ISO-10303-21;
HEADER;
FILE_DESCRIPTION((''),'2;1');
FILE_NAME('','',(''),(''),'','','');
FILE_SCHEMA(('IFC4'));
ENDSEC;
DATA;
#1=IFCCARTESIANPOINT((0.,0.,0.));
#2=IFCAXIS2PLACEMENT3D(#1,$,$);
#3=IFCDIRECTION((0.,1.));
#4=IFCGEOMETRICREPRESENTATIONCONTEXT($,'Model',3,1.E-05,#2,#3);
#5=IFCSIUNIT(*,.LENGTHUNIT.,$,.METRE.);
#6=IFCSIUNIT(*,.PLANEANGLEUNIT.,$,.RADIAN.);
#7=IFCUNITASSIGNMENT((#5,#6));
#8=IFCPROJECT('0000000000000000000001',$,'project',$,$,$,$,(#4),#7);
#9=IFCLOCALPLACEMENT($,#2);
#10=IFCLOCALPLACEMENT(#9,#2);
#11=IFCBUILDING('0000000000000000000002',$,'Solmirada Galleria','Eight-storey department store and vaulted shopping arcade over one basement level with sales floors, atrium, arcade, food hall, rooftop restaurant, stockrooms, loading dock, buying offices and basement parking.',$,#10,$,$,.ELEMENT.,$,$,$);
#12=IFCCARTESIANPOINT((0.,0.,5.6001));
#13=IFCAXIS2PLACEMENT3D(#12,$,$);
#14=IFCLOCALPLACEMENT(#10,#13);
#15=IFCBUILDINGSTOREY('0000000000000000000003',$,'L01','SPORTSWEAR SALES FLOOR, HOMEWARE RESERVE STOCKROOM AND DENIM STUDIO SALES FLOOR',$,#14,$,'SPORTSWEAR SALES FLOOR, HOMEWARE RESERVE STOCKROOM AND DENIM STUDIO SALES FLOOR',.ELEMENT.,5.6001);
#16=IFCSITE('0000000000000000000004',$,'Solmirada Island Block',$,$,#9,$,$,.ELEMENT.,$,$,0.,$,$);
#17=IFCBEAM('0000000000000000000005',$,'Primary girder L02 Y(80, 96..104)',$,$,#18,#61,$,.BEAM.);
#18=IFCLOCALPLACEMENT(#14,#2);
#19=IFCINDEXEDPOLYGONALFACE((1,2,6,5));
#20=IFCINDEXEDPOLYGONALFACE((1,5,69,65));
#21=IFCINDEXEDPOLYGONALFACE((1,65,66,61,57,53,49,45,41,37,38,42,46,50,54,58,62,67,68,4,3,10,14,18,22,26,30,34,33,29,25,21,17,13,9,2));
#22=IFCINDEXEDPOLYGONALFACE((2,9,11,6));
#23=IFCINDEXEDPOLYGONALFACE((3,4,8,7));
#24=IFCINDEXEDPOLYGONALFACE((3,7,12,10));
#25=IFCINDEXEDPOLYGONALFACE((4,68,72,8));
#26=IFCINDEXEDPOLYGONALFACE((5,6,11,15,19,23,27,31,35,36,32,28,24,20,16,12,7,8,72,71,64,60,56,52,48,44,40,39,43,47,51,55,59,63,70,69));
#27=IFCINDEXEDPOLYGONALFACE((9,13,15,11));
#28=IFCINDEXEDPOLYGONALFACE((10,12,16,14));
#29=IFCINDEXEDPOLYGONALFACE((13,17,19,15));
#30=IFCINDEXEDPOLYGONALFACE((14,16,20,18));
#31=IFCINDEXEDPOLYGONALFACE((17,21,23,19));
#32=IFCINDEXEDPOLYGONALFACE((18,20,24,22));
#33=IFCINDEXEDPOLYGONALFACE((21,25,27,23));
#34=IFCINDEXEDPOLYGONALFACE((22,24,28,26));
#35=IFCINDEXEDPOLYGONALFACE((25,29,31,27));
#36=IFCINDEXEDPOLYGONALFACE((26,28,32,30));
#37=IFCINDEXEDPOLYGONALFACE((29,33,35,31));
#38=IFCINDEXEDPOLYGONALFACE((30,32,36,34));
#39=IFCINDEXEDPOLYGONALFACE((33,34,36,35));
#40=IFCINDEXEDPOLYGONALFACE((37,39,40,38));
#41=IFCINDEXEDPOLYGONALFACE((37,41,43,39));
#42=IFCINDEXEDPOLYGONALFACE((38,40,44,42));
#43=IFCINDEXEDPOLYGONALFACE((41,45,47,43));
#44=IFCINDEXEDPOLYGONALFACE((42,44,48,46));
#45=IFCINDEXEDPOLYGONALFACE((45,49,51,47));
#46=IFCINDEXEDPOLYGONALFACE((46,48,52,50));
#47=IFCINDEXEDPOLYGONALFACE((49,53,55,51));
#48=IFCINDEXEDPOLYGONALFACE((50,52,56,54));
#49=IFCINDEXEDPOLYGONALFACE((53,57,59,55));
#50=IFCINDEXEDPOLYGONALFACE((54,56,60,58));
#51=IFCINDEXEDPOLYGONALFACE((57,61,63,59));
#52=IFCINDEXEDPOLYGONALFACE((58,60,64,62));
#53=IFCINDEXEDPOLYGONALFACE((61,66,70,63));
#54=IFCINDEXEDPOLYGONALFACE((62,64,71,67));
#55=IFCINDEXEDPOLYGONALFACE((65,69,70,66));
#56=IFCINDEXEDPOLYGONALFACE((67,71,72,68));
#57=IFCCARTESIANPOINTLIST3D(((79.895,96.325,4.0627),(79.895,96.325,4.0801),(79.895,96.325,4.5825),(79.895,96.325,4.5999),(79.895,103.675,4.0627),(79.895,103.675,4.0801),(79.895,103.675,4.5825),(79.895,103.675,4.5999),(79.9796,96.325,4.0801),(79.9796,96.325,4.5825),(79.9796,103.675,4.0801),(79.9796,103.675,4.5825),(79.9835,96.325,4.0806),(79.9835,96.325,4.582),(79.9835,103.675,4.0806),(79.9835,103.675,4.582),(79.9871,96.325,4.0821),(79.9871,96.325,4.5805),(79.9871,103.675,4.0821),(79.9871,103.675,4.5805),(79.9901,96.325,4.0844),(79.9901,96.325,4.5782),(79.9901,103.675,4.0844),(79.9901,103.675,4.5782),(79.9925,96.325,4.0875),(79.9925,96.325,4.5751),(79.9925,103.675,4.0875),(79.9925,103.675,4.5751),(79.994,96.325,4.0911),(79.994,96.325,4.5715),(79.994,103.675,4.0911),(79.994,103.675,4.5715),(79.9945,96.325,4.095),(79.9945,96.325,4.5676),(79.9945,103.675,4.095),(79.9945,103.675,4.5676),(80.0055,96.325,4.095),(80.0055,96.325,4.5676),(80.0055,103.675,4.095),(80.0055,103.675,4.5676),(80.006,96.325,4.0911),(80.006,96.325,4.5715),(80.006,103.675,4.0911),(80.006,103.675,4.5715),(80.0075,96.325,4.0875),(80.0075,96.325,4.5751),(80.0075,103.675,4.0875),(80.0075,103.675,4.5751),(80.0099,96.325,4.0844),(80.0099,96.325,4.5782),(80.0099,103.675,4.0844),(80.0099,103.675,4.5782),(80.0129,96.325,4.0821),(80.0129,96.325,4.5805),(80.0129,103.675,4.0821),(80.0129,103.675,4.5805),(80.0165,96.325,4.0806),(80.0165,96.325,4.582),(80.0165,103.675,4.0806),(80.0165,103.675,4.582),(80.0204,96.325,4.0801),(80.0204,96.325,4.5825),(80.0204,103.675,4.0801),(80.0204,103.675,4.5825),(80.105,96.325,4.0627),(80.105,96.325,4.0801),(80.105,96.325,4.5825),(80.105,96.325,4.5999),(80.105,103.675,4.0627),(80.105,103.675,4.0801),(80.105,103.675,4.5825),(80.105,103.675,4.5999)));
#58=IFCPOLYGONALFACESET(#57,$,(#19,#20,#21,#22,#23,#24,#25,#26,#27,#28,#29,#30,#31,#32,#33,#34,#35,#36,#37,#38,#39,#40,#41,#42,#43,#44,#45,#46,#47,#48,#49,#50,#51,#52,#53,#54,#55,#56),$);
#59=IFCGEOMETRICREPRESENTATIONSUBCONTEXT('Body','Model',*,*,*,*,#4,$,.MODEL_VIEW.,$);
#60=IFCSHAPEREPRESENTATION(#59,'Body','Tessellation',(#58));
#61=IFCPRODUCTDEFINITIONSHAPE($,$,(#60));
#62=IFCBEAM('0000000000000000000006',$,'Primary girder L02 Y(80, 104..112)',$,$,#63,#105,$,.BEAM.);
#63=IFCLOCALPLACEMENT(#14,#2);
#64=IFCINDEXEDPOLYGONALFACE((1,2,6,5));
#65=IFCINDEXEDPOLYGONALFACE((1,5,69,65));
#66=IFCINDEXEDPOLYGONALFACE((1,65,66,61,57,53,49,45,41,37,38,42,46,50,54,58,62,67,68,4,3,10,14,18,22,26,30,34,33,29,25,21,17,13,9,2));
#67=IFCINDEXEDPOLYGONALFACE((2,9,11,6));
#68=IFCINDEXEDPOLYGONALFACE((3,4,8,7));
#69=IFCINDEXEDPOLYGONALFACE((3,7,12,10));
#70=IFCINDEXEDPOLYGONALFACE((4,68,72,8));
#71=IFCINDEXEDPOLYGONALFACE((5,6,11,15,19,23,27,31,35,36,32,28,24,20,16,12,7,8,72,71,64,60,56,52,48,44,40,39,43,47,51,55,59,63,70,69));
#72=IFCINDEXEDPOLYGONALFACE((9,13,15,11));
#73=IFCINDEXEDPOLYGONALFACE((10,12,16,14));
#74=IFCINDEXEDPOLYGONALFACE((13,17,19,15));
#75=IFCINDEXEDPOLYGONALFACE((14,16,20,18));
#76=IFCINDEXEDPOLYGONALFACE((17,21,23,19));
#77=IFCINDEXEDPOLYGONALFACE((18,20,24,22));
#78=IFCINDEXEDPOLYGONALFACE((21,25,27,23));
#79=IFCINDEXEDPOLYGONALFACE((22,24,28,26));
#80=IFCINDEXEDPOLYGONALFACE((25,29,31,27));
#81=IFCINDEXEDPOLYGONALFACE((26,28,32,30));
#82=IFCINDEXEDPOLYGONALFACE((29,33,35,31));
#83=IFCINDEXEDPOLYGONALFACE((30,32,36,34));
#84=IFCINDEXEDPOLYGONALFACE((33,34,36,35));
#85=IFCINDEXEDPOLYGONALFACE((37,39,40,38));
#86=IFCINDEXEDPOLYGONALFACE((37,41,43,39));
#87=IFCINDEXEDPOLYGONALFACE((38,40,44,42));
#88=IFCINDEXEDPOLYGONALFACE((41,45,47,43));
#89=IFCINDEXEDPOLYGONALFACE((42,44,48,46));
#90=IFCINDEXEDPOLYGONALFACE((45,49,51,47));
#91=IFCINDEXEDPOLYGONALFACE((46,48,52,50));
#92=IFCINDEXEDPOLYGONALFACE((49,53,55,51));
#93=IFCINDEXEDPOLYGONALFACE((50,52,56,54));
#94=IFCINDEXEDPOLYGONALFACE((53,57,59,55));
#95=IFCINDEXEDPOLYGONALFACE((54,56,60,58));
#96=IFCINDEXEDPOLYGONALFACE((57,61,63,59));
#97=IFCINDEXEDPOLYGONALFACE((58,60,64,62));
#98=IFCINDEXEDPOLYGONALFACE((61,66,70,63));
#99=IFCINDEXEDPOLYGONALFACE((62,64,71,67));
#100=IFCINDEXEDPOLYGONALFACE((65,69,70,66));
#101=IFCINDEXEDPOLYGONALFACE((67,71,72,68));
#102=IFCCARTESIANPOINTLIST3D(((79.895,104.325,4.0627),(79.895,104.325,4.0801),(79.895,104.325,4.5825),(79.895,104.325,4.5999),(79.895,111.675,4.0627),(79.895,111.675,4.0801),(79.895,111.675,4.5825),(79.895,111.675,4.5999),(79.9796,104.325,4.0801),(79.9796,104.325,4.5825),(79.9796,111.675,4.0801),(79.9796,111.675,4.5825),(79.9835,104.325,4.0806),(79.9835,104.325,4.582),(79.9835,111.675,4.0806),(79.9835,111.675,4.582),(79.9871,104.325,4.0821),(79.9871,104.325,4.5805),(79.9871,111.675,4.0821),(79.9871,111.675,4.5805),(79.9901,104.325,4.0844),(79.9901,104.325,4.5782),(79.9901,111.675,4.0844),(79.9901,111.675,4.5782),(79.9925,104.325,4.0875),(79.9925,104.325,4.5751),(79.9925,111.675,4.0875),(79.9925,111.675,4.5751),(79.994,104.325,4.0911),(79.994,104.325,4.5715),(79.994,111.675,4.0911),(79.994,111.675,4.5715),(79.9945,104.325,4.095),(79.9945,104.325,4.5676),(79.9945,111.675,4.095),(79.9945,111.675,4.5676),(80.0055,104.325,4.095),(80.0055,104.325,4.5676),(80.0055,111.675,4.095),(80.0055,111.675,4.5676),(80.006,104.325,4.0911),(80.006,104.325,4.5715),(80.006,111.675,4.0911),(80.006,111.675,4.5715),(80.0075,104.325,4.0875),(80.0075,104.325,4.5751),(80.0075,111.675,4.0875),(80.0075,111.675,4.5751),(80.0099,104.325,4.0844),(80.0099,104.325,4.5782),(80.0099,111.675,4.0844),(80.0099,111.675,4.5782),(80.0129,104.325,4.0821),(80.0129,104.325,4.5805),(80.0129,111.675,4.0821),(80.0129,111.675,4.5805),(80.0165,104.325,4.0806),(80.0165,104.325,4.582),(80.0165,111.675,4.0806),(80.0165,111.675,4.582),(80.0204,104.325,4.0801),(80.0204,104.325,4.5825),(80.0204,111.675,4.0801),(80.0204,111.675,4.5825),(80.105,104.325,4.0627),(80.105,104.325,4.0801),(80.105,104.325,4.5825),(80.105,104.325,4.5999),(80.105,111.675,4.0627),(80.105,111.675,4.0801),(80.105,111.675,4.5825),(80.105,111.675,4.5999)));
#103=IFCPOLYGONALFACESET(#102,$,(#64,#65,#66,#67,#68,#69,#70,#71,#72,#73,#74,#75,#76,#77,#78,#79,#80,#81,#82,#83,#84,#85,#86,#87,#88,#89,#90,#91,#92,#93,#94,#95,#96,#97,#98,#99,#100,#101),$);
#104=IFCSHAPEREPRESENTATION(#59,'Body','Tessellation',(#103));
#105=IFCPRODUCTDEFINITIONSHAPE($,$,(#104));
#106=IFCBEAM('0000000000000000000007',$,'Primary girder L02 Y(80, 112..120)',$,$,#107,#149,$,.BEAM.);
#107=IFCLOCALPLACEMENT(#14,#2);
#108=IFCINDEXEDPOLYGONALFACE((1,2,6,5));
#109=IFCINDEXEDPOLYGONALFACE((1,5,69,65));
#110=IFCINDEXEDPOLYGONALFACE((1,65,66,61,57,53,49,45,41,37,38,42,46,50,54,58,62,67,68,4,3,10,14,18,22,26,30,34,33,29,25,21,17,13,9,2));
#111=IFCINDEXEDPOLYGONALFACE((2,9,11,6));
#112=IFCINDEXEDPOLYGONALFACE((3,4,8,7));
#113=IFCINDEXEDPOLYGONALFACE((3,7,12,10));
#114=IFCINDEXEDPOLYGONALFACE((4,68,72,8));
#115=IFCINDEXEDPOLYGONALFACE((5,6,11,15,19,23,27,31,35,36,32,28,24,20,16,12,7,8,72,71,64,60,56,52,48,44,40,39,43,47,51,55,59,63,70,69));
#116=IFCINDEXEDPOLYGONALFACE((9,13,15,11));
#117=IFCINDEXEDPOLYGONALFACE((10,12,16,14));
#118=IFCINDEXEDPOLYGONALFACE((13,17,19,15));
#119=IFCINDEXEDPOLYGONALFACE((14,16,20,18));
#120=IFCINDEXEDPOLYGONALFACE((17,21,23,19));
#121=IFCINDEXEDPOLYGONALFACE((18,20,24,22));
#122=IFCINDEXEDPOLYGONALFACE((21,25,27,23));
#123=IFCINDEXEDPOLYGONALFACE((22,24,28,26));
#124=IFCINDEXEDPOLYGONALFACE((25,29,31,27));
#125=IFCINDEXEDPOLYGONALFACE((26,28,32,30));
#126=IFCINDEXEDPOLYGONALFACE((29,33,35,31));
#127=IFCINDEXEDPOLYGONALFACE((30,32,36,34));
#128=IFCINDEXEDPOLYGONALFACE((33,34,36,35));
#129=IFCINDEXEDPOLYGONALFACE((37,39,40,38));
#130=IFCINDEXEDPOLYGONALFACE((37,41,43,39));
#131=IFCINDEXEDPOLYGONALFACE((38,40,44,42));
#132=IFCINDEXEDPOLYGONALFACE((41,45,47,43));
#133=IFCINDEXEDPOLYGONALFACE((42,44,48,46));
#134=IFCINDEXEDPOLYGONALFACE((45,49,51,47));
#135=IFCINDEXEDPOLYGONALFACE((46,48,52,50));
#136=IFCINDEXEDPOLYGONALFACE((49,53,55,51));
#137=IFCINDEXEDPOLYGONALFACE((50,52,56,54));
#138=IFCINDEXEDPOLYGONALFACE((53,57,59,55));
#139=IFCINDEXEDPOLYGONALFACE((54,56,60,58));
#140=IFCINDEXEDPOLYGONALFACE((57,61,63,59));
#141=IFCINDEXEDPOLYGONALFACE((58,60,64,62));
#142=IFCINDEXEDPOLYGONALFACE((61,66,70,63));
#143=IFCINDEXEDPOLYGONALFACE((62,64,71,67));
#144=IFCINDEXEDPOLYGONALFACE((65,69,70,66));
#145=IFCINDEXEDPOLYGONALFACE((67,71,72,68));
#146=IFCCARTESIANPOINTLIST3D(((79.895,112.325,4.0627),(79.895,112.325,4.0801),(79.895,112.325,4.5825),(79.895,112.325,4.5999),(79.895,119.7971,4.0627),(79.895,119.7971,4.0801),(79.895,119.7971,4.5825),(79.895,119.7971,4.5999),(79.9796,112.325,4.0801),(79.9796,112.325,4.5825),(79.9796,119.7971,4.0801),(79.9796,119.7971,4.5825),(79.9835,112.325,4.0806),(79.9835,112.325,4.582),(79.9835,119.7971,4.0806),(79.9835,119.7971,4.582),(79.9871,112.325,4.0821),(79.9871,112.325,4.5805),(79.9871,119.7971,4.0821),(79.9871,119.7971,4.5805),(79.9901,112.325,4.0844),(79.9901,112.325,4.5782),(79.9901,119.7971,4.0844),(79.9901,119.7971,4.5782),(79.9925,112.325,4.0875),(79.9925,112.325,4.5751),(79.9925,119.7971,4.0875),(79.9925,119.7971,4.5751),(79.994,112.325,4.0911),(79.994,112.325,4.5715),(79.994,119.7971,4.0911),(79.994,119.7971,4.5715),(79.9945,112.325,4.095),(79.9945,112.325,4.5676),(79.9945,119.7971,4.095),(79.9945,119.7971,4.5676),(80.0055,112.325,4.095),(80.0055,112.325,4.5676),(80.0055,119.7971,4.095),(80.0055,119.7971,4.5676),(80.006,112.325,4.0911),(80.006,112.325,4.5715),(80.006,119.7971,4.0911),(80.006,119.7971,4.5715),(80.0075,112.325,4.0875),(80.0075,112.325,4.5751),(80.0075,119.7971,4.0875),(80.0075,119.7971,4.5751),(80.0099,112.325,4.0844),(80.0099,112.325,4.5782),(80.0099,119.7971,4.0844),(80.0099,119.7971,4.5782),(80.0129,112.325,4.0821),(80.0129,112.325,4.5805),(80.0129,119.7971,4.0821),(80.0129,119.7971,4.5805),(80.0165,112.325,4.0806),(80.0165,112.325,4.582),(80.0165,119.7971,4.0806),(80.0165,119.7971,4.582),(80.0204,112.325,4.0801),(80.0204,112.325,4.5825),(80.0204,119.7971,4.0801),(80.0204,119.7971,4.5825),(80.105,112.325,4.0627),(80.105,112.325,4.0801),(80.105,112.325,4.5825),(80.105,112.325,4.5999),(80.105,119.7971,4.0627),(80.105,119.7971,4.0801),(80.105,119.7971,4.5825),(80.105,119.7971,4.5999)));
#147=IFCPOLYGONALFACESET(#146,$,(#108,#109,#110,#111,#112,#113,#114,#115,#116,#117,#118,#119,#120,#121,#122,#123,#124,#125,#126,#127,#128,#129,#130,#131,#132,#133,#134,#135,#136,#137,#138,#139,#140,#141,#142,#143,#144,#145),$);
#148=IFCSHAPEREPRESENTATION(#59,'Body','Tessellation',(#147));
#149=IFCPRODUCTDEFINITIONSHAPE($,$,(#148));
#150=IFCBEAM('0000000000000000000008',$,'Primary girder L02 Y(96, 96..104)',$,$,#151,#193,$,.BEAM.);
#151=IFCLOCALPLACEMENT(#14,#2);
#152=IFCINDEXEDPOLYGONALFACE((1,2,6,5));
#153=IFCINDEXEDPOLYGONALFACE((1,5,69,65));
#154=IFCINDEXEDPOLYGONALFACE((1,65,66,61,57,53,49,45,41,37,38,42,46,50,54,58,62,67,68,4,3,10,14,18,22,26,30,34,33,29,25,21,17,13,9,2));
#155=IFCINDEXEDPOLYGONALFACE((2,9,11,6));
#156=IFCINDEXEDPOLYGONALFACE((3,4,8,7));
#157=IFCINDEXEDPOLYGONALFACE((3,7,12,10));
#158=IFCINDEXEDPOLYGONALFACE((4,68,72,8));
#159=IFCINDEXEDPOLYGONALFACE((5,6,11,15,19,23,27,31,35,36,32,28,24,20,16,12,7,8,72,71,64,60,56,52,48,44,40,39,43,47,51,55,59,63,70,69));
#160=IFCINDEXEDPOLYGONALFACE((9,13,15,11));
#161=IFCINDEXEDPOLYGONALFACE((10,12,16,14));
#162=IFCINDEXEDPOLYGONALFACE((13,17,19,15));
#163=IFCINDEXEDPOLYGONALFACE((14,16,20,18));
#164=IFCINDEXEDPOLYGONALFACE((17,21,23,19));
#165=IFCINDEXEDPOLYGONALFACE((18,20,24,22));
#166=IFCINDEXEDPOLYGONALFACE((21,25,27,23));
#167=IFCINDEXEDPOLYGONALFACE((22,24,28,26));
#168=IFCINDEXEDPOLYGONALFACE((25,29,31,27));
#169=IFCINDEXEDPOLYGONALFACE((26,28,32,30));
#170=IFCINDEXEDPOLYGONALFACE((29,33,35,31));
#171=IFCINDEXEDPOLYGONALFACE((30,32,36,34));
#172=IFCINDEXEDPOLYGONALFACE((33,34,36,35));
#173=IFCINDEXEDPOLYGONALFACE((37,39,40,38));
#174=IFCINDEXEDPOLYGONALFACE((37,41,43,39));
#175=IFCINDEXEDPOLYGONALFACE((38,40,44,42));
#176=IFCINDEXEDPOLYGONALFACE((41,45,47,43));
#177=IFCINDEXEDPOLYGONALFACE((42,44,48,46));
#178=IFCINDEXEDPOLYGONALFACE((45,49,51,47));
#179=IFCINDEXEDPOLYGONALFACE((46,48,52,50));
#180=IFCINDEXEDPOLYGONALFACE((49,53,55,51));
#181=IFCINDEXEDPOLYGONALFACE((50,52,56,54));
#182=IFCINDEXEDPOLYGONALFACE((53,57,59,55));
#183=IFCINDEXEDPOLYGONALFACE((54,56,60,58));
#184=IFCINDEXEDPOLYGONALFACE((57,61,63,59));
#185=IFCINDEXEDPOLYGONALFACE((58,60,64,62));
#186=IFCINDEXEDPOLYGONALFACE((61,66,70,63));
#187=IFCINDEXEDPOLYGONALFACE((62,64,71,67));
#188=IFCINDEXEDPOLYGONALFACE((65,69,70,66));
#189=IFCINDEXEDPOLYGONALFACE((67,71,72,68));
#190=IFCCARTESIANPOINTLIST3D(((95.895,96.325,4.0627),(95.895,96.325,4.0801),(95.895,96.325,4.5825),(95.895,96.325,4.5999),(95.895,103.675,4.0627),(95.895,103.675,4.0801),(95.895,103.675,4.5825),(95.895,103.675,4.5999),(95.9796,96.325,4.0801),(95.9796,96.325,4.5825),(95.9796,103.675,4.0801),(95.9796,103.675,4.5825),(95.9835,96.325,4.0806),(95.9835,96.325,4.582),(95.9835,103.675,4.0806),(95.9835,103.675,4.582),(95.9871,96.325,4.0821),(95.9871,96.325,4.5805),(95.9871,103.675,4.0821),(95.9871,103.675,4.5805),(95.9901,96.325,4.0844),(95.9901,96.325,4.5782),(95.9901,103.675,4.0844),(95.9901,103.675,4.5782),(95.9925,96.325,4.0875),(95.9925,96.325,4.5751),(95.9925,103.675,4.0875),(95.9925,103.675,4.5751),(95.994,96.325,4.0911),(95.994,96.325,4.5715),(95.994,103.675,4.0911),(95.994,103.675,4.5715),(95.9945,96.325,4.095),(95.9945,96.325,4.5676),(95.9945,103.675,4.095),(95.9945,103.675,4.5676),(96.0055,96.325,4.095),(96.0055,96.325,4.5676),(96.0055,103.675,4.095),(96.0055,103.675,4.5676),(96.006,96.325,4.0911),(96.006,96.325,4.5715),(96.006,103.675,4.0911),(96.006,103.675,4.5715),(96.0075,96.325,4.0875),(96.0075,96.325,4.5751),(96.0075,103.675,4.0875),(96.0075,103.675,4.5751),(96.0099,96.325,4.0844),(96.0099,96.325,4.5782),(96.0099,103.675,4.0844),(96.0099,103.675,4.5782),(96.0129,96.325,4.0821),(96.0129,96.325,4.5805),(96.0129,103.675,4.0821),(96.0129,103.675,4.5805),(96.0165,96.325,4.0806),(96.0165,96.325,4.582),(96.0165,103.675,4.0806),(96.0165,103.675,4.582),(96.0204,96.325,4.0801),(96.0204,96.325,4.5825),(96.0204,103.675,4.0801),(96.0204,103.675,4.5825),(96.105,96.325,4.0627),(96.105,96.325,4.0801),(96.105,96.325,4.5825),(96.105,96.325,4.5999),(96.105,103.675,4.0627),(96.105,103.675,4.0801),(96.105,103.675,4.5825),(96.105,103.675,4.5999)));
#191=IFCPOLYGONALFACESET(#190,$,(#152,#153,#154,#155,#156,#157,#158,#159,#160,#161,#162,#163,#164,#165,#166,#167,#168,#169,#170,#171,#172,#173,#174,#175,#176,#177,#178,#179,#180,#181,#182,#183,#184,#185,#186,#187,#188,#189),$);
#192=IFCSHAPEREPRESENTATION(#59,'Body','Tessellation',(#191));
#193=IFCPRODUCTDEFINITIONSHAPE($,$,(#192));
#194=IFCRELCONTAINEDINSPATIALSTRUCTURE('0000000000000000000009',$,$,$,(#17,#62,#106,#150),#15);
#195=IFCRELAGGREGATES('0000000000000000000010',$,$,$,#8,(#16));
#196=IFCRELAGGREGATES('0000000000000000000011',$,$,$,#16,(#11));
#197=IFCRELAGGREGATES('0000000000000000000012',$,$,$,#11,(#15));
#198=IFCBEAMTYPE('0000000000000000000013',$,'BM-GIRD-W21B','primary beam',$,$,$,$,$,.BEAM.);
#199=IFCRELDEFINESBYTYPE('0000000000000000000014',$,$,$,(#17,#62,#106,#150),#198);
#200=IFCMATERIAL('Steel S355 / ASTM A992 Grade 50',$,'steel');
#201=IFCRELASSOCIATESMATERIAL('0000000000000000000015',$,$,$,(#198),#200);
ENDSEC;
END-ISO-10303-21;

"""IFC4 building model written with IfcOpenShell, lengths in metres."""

from ifc_helpers import new_model, si_unit, direction, frame, origin, origin_2d, place, context, subcontext, project, spatial, i_section, extrude, material, material_profile, profile_set, type_object, element, save


model = new_model("IFC4")

# Units and contexts
model_context = context("Model", 3, precision=1e-05, world=origin(), true_north=direction((0.0, 1.0)))
body_context = subcontext(model_context, "Body", "Model", "MODEL_VIEW")
ifc_project = project(units=[si_unit("LENGTHUNIT", "METRE"), si_unit("PLANEANGLEUNIT", "RADIAN")], contexts=[model_context])

# Site, building, storey
site_placement = place(None, origin())
site = spatial("IfcSite", under=ifc_project, at=site_placement, Name="Solmirada Island Block", CompositionType="ELEMENT", RefElevation=0.0)
building_placement = place(site_placement, origin())
building = spatial("IfcBuilding", under=site, at=building_placement, Name="Solmirada Galleria", Description="Eight-storey department store and vaulted shopping arcade over one basement level with sales floors, atrium, arcade, food hall, rooftop restaurant, stockrooms, loading dock, buying offices and basement parking.", CompositionType="ELEMENT")
storey_placement = place(building_placement, frame((0.0, 0.0, 5.6001)))
storey = spatial("IfcBuildingStorey", under=building, at=storey_placement, Name="L01", Description="SPORTSWEAR SALES FLOOR, HOMEWARE RESERVE STOCKROOM AND DENIM STUDIO SALES FLOOR", LongName="SPORTSWEAR SALES FLOOR, HOMEWARE RESERVE STOCKROOM AND DENIM STUDIO SALES FLOOR", CompositionType="ELEMENT", Elevation=5.6001)

# Beams
ifc_material_1 = material(Name="Steel S355 / ASTM A992 Grade 50", Category="steel")
ifc_material_profile_1 = material_profile(ifc_material_1, i_section(OverallWidth=0.21, OverallDepth=0.5371, WebThickness=0.011, FlangeThickness=0.0173, FilletRadius=0.0149, at=origin_2d()), Name="W21X68")
ifc_profile_set_1 = profile_set([ifc_material_profile_1], Name="Steel S355 / ASTM A992 Grade 50")
beam_type_1 = type_object("IfcBeamType", Name="BM-GIRD-W21B", Description="primary beam", PredefinedType="BEAM", material=ifc_profile_set_1)
for number, where, z_axis, x_axis, name in (
    (1, (80.0, 96.325, 4.3313), (0.0, 1.0, 0.0), (-1.0, 0.0, 0.0), "Primary girder L02 Y(80, 96..104)"),
    (2, (80.0, 104.325, 4.3313), (0.0, 1.0, 0.0), (-1.0, 0.0, 0.0), "Primary girder L02 Y(80, 104..112)"),
):
    element("IfcBeam", number, at=place(storey_placement, frame(where, z_axis=z_axis, x_axis=x_axis)), inside=storey, type_object=beam_type_1, Name=name, PredefinedType="BEAM", context=body_context, shape_type="SweptSolid", body=[
        extrude(i_section(OverallWidth=0.21, OverallDepth=0.5371, WebThickness=0.011, FlangeThickness=0.0173, FilletRadius=0.0149, at=origin_2d()), origin(), (0.0, 0.0, 1.0), 7.3501),
    ])
beam_1_placement = place(storey_placement, frame((80.0, 112.325, 4.3313), z_axis=(0.0, 1.0, 0.0), x_axis=(-1.0, 0.0, 0.0)))
element("IfcBeam", 3, at=beam_1_placement, inside=storey, type_object=beam_type_1, Name="Primary girder L02 Y(80, 112..120)", PredefinedType="BEAM", context=body_context, shape_type="SweptSolid", body=[
    extrude(i_section(OverallWidth=0.21, OverallDepth=0.5371, WebThickness=0.011, FlangeThickness=0.0173, FilletRadius=0.0149, at=origin_2d()), origin(), (0.0, 0.0, 1.0), 7.4722),
])
for number, where, z_axis, x_axis, name in (
    (4, (96.0, 96.325, 4.3313), (0.0, 1.0, 0.0), (-1.0, 0.0, 0.0), "Primary girder L02 Y(96, 96..104)"),
):
    element("IfcBeam", number, at=place(storey_placement, frame(where, z_axis=z_axis, x_axis=x_axis)), inside=storey, type_object=beam_type_1, Name=name, PredefinedType="BEAM", context=body_context, shape_type="SweptSolid", body=[
        extrude(i_section(OverallWidth=0.21, OverallDepth=0.5371, WebThickness=0.011, FlangeThickness=0.0173, FilletRadius=0.0149, at=origin_2d()), origin(), (0.0, 0.0, 1.0), 7.3501),
    ])

save(model, "model.ifc")
